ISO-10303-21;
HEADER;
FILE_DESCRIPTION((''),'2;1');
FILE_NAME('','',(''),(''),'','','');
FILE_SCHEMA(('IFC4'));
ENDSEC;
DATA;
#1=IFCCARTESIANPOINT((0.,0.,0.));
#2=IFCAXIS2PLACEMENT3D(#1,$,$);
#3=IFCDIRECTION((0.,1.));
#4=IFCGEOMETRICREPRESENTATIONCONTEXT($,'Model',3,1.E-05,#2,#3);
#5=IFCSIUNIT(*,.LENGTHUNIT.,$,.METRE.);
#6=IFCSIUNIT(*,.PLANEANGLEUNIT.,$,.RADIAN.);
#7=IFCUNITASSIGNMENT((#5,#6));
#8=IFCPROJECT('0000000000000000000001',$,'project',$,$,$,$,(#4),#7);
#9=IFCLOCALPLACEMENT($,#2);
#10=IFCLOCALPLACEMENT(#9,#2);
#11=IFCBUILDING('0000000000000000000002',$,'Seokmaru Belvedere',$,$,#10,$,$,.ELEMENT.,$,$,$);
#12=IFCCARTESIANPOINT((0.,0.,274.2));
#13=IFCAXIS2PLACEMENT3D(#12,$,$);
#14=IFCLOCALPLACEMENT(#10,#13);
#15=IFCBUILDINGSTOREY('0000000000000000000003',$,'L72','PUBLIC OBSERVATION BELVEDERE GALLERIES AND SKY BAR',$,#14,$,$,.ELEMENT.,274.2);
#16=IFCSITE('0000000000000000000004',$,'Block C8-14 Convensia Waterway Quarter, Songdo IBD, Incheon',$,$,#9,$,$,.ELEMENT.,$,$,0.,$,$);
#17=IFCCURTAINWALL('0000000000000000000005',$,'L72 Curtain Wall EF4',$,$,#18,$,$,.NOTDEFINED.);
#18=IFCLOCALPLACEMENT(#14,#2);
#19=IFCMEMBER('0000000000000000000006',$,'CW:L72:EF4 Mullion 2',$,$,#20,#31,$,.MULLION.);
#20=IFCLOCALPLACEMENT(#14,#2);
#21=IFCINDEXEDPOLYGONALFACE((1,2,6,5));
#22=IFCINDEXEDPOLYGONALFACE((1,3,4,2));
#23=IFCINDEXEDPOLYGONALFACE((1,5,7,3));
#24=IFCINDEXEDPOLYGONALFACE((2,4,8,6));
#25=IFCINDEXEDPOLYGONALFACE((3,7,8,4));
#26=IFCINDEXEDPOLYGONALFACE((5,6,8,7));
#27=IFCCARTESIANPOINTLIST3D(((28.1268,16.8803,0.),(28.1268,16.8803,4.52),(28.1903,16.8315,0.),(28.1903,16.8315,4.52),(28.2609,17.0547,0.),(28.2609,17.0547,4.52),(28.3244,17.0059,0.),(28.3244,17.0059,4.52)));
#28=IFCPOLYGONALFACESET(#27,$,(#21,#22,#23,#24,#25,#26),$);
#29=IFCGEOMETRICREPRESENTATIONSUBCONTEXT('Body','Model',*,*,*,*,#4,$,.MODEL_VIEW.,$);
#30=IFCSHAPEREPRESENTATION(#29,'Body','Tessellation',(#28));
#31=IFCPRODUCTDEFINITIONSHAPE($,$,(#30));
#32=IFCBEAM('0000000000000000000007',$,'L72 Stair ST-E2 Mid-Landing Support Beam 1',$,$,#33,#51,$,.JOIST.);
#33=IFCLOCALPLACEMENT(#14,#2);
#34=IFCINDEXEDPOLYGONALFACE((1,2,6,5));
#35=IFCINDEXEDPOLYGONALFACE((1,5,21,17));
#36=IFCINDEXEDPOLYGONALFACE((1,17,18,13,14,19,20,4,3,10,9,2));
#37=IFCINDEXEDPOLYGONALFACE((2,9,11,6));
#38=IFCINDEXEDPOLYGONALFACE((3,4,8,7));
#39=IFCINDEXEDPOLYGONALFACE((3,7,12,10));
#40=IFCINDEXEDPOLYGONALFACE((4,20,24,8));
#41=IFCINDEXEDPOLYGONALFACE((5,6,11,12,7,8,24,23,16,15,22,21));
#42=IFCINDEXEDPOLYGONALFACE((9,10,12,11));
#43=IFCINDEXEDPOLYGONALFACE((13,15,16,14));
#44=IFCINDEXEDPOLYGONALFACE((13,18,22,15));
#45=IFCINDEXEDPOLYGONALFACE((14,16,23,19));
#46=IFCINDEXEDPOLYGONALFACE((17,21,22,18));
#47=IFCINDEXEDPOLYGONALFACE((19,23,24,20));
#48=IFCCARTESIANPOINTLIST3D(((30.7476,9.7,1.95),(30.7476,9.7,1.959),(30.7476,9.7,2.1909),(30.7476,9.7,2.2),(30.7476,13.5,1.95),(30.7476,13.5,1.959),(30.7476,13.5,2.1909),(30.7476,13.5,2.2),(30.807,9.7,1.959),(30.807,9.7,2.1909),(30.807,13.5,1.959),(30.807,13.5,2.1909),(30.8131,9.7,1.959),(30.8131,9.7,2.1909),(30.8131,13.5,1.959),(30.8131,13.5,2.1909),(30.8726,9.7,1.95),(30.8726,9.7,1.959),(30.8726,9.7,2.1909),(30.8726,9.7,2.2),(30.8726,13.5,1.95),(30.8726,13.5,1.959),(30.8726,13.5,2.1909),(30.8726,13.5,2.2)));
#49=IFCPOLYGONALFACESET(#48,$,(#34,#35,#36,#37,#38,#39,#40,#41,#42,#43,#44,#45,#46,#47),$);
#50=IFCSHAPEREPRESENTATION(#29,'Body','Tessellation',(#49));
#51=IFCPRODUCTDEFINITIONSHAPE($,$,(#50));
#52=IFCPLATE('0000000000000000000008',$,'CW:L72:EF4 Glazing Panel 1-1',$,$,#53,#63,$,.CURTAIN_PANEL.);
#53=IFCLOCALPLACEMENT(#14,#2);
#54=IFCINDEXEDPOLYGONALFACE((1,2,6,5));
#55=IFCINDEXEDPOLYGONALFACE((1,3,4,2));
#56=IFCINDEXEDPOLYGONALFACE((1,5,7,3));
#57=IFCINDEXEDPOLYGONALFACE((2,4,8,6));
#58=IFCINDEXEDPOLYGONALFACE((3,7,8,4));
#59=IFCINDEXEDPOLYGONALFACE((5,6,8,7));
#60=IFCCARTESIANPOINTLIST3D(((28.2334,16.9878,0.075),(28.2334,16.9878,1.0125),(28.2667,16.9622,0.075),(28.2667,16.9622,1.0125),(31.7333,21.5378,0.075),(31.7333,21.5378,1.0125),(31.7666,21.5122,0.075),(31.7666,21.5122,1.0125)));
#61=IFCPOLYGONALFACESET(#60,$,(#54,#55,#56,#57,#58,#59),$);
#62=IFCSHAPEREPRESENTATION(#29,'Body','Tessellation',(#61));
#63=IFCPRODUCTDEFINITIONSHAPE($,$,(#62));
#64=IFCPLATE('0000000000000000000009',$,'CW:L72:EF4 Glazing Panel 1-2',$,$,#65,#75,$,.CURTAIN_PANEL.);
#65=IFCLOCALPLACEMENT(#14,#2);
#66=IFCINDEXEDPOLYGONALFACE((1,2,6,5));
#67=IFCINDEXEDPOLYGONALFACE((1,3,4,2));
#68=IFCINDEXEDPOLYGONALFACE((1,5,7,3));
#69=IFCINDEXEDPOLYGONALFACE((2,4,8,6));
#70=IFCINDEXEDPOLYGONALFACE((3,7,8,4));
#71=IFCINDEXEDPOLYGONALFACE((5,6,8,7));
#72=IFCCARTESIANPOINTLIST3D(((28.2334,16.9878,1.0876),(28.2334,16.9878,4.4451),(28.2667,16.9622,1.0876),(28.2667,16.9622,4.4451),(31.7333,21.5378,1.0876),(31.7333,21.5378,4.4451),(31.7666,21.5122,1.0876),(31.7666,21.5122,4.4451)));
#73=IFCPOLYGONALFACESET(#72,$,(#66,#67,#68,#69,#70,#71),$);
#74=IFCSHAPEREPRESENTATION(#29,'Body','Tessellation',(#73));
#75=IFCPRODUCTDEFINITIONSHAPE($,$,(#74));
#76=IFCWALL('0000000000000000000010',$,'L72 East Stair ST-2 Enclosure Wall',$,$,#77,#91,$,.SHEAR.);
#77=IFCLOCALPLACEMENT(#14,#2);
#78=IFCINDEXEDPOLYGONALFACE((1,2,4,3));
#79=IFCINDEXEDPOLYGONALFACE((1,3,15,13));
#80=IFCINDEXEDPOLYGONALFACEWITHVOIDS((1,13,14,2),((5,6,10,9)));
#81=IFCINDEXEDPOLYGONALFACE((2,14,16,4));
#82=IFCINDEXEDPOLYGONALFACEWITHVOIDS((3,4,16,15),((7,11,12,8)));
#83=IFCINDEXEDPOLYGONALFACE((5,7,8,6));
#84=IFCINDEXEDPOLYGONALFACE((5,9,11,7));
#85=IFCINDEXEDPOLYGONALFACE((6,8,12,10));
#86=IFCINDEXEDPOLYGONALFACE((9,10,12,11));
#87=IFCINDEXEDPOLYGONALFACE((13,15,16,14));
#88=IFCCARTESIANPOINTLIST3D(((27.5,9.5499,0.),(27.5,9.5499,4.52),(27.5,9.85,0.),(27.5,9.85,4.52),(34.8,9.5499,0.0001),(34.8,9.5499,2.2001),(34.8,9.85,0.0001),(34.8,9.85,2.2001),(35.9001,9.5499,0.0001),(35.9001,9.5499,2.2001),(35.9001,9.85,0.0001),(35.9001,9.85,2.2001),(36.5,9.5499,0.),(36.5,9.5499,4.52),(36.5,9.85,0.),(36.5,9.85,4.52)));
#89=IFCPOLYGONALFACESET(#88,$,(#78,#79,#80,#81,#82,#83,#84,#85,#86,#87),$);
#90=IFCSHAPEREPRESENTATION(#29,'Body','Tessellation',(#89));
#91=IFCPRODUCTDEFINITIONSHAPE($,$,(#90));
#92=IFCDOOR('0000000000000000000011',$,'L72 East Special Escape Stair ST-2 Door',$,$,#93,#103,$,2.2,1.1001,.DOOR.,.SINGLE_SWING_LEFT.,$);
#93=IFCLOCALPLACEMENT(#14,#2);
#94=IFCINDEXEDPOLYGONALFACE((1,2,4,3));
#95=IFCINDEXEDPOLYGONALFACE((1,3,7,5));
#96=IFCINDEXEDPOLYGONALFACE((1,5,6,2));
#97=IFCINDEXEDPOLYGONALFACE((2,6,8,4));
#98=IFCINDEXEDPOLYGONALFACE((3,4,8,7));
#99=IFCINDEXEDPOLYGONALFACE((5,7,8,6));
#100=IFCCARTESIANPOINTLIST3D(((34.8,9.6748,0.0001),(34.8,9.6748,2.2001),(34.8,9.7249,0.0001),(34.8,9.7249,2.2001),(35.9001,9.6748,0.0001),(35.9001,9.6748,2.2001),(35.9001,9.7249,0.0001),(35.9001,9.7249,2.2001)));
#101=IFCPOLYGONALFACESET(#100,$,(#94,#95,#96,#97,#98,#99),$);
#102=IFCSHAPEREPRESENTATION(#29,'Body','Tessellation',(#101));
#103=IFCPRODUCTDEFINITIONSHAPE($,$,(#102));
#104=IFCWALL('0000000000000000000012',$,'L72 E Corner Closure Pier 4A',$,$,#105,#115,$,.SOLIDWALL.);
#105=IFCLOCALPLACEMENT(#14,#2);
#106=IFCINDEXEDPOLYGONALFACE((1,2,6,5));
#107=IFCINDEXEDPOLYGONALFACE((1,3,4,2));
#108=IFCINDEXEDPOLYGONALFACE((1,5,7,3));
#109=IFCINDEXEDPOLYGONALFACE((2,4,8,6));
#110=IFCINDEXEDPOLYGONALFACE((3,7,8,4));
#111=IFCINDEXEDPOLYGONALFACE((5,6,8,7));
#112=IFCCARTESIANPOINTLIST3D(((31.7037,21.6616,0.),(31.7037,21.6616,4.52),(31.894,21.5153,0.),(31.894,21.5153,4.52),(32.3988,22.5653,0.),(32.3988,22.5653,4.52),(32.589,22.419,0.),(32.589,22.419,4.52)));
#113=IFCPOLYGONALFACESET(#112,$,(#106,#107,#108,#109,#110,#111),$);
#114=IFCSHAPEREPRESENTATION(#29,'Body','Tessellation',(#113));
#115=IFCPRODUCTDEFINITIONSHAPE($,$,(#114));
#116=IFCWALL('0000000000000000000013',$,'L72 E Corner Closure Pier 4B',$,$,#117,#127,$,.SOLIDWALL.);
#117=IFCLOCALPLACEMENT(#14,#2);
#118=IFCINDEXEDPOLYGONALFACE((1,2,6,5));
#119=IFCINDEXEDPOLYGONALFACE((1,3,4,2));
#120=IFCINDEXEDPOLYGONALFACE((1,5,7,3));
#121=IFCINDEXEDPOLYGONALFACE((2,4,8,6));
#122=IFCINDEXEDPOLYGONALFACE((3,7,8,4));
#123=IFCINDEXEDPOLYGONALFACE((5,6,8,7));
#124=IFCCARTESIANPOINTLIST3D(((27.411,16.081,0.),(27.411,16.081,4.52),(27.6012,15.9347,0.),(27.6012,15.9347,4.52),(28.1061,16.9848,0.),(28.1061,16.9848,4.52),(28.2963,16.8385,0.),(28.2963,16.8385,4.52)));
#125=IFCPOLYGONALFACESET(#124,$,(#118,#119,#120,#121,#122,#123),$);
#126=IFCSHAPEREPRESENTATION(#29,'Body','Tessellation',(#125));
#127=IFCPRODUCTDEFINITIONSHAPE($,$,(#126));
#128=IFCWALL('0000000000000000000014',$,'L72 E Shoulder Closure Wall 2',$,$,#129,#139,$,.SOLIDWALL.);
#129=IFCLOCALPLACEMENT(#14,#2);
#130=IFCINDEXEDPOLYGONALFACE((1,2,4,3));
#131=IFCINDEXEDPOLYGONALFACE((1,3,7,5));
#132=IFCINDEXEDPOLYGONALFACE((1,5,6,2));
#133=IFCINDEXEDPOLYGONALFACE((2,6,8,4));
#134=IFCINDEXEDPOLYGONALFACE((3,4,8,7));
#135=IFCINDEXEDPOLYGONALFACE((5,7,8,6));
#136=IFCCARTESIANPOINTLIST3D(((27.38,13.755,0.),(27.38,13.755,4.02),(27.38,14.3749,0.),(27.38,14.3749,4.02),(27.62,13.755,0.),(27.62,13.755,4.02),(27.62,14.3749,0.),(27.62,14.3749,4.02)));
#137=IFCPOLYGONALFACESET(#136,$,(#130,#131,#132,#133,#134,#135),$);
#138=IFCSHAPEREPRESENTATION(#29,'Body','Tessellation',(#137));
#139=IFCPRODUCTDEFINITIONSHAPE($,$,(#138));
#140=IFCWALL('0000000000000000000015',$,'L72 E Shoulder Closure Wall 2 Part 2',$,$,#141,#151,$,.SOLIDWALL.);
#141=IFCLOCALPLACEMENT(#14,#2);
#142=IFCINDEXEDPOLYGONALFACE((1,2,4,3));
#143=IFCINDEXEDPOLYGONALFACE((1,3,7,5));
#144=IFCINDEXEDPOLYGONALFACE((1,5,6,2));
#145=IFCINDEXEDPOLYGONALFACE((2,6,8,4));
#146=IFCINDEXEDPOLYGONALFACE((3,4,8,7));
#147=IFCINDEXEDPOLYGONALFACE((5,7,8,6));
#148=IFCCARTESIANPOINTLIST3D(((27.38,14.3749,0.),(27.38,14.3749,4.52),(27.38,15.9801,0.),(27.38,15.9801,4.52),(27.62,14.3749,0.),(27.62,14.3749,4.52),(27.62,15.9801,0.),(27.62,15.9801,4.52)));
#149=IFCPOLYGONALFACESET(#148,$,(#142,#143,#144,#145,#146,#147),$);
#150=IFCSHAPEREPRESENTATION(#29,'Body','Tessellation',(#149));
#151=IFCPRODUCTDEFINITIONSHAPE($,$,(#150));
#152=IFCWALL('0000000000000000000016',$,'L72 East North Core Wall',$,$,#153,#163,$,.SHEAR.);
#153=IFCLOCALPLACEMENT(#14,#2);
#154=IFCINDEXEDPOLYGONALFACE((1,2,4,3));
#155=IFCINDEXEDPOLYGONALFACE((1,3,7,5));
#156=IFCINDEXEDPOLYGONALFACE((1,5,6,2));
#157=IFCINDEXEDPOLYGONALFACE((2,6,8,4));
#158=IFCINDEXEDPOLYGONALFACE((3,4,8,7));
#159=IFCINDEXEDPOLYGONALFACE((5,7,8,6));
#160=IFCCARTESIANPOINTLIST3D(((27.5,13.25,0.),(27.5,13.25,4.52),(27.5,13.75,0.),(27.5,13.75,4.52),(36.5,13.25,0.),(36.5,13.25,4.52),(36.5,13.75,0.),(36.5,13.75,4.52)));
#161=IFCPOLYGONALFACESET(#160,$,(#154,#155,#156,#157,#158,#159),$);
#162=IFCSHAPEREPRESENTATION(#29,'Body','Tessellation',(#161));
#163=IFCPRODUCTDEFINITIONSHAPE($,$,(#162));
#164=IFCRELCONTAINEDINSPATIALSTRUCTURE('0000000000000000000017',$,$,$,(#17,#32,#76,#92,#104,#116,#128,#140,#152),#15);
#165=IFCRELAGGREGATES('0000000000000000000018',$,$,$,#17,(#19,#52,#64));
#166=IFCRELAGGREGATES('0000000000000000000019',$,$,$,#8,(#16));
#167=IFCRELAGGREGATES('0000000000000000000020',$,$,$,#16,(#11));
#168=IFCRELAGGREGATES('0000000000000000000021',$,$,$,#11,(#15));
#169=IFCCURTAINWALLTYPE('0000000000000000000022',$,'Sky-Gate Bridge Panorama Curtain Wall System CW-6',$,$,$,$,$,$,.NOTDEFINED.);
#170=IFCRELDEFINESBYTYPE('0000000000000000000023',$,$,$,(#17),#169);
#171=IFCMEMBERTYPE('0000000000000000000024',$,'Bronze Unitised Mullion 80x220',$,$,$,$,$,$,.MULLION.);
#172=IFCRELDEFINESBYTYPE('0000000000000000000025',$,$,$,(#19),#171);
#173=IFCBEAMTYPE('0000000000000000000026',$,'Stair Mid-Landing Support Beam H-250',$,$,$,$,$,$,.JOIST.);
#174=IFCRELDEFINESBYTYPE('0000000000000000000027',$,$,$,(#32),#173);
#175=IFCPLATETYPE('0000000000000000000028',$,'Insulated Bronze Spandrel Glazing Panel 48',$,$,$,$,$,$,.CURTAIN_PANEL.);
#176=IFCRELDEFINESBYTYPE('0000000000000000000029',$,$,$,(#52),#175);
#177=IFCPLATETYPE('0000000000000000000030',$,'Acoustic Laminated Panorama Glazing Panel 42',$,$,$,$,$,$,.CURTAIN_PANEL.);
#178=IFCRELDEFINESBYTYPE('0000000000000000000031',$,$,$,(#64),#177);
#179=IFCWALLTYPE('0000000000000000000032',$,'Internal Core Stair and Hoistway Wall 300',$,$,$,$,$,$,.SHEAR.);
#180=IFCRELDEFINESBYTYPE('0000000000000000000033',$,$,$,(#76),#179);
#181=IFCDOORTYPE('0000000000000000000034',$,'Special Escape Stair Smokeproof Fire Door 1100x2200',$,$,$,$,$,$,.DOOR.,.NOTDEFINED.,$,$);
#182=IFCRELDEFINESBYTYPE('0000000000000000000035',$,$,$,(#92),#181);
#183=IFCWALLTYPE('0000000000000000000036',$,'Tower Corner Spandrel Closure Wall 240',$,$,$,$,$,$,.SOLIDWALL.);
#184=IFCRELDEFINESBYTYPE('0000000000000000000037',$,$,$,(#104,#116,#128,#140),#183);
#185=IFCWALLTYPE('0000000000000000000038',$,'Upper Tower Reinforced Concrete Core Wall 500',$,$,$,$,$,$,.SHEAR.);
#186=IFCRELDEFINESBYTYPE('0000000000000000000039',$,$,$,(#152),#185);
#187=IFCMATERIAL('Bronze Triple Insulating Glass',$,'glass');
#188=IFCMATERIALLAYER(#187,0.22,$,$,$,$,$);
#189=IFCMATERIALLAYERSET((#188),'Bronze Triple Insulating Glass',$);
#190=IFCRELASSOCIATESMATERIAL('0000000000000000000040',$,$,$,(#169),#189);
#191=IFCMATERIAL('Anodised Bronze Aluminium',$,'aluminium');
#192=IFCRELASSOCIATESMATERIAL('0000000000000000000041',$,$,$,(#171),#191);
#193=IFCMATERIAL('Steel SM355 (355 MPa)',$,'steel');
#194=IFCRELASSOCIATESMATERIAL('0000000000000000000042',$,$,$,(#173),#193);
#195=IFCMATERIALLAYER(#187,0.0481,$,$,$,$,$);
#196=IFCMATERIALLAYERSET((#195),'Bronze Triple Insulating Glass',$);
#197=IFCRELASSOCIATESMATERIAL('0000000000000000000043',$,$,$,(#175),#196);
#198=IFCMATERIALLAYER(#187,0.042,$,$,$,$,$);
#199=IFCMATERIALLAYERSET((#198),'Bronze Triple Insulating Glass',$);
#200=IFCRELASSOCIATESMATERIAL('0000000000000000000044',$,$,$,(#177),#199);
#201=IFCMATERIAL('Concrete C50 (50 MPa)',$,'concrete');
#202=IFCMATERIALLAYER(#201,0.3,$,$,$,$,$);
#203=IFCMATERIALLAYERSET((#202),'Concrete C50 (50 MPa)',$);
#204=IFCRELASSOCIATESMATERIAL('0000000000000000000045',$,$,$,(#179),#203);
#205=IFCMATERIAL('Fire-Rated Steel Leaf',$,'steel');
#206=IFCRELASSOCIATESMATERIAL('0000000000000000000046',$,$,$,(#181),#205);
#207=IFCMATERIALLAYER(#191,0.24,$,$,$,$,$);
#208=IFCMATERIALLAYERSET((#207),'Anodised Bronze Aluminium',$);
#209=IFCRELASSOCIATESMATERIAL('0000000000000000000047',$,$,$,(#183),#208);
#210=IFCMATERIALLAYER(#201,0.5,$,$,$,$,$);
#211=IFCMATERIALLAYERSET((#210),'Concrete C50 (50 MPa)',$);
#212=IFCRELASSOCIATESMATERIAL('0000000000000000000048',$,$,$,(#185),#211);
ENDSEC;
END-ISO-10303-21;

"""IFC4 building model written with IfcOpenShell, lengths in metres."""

from ifc_helpers import new_model, si_unit, direction, frame, frame_2d, origin, origin_2d, place, context, subcontext, project, spatial, rectangle, i_section, extrude, source, transform, mapped, material, layer, layer_set, material_profile, profile_set, type_object, type_shapes, element, fill, aggregate, save


model = new_model("IFC4")

# Units and contexts
model_context = context("Model", 3, precision=1e-05, world=origin(), true_north=direction((0.0, 1.0)))
body_context = subcontext(model_context, "Body", "Model", "MODEL_VIEW")
ifc_project = project(units=[si_unit("LENGTHUNIT", "METRE"), si_unit("PLANEANGLEUNIT", "RADIAN")], contexts=[model_context])

# Site, building, storey
site_placement = place(None, origin())
site = spatial("IfcSite", under=ifc_project, at=site_placement, Name="Block C8-14 Convensia Waterway Quarter, Songdo IBD, Incheon", CompositionType="ELEMENT", RefElevation=0.0)
building_placement = place(site_placement, origin())
building = spatial("IfcBuilding", under=site, at=building_placement, Name="Seokmaru Belvedere", CompositionType="ELEMENT")
storey_placement = place(building_placement, frame((0.0, 0.0, 274.2)))
storey = spatial("IfcBuildingStorey", under=building, at=storey_placement, Name="L72", Description="PUBLIC OBSERVATION BELVEDERE GALLERIES AND SKY BAR", CompositionType="ELEMENT", Elevation=274.2)

# Shared definitions
ifc_material_1 = material(Name="Steel SM355 (355 MPa)", Category="steel")

# Curtain wall, member
ifc_material_2 = material(Name="Bronze Triple Insulating Glass", Category="glass")
ifc_layer_1 = layer(ifc_material_2, 0.22)
ifc_layer_set_1 = layer_set([ifc_layer_1], Name="Bronze Triple Insulating Glass")
curtain_wall_type = type_object("IfcCurtainWallType", Name="Sky-Gate Bridge Panorama Curtain Wall System CW-6", PredefinedType="NOTDEFINED", material=ifc_layer_set_1)
curtain_wall_placement = place(storey_placement, origin())
curtain_wall = element("IfcCurtainWall", 1, at=curtain_wall_placement, inside=storey, type_object=curtain_wall_type, Name="L72 Curtain Wall EF4", PredefinedType="NOTDEFINED")
ifc_material_3 = material(Name="Anodised Bronze Aluminium", Category="aluminium")
ifc_material_profile_1 = material_profile(ifc_material_3, rectangle(XDim=0.0801, YDim=0.22, at=origin_2d()), Name="CW-M-80x220")
ifc_profile_set_1 = profile_set([ifc_material_profile_1], Name="Anodised Bronze Aluminium")
member_type_1 = type_object("IfcMemberType", Name="Bronze Unitised Mullion 80x220", PredefinedType="MULLION", material=ifc_profile_set_1)
shared_shape_1 = source(origin(), body_context, "Body", "SweptSolid", [
    extrude(rectangle(XDim=0.0801, YDim=0.22, at=origin_2d()), origin(), (0.0, 0.0, 1.0), 4.52),
])
type_shapes(member_type_1, [shared_shape_1])
member_1_placement = place(storey_placement, frame((28.2256, 16.9431, 0.0), z_axis=(0.0, 0.0, 1.0), x_axis=(0.792631, -0.609701, 0.0)))
member_1 = element("IfcMember", 2, at=member_1_placement, type_object=member_type_1, Name="CW:L72:EF4 Mullion 2", PredefinedType="MULLION", context=body_context, shape_type="MappedRepresentation", body=[
    mapped(shared_shape_1, transform((0.0, 0.0, 0.0), scale=1.0)),
])

# Beam
ifc_material_profile_2 = material_profile(ifc_material_1, i_section(OverallWidth=0.125, OverallDepth=0.25, WebThickness=0.0061, FlangeThickness=0.009, at=origin_2d()), Name="H-250x125x6x9")
ifc_profile_set_2 = profile_set([ifc_material_profile_2], Name="Steel SM355 (355 MPa)")
beam_type_1 = type_object("IfcBeamType", Name="Stair Mid-Landing Support Beam H-250", PredefinedType="JOIST", material=ifc_profile_set_2)
shared_shape_2 = source(origin(), body_context, "Body", "SweptSolid", [
    extrude(i_section(OverallWidth=0.125, OverallDepth=0.25, WebThickness=0.0061, FlangeThickness=0.009, at=origin_2d()), origin(), (0.0, 0.0, 1.0), 3.8),
])
type_shapes(beam_type_1, [shared_shape_2])
beam_1_placement = place(storey_placement, frame((30.8101, 9.7, 2.075), z_axis=(0.0, 1.0, 0.0), x_axis=(-1.0, 0.0, 0.0)))
element("IfcBeam", 3, at=beam_1_placement, inside=storey, type_object=beam_type_1, Name="L72 Stair ST-E2 Mid-Landing Support Beam 1", PredefinedType="JOIST", context=body_context, shape_type="MappedRepresentation", body=[
    mapped(shared_shape_2, transform((0.0, 0.0, 0.0), scale=1.0)),
])

# Plates
ifc_layer_2 = layer(ifc_material_2, 0.0481)
ifc_layer_set_2 = layer_set([ifc_layer_2], Name="Bronze Triple Insulating Glass")
plate_type_1 = type_object("IfcPlateType", Name="Insulated Bronze Spandrel Glazing Panel 48", PredefinedType="CURTAIN_PANEL", material=ifc_layer_set_2)
shared_shape_3 = source(origin(), body_context, "Body", "SweptSolid", [
    extrude(rectangle(XDim=5.7405, YDim=0.042, at=origin_2d()), origin(), (0.0, 0.0, 1.0), 0.9375),
])
type_shapes(plate_type_1, [shared_shape_3])
plate_1_placement = place(storey_placement, frame((30.0, 19.25, 0.075), z_axis=(0.0, 0.0, 1.0), x_axis=(-0.609701, -0.792631, 0.0)))
plate_1 = element("IfcPlate", 4, at=plate_1_placement, type_object=plate_type_1, Name="CW:L72:EF4 Glazing Panel 1-1", PredefinedType="CURTAIN_PANEL", context=body_context, shape_type="MappedRepresentation", body=[
    mapped(shared_shape_3, transform((0.0, 0.0, 0.0), scale=1.0)),
])
ifc_layer_3 = layer(ifc_material_2, 0.042)
ifc_layer_set_3 = layer_set([ifc_layer_3], Name="Bronze Triple Insulating Glass")
plate_type_2 = type_object("IfcPlateType", Name="Acoustic Laminated Panorama Glazing Panel 42", PredefinedType="CURTAIN_PANEL", material=ifc_layer_set_3)
shared_shape_4 = source(origin(), body_context, "Body", "SweptSolid", [
    extrude(rectangle(XDim=5.7405, YDim=0.042, at=origin_2d()), origin(), (0.0, 0.0, 1.0), 3.3574),
])
type_shapes(plate_type_2, [shared_shape_4])
plate_2_placement = place(storey_placement, frame((30.0, 19.25, 1.0876), z_axis=(0.0, 0.0, 1.0), x_axis=(-0.609701, -0.792631, 0.0)))
plate_2 = element("IfcPlate", 5, at=plate_2_placement, type_object=plate_type_2, Name="CW:L72:EF4 Glazing Panel 1-2", PredefinedType="CURTAIN_PANEL", context=body_context, shape_type="MappedRepresentation", body=[
    mapped(shared_shape_4, transform((0.0, 0.0, 0.0), scale=1.0)),
])
aggregate(curtain_wall, [member_1, plate_1, plate_2])

# Wall, opening, door
ifc_material_4 = material(Name="Concrete C50 (50 MPa)", Category="concrete")
ifc_layer_4 = layer(ifc_material_4, 0.3)
ifc_layer_set_4 = layer_set([ifc_layer_4], Name="Concrete C50 (50 MPa)")
wall_type_1 = type_object("IfcWallType", Name="Internal Core Stair and Hoistway Wall 300", PredefinedType="SHEAR", material=ifc_layer_set_4)
wall_1_placement = place(storey_placement, frame((27.5, 9.7, 0.0), z_axis=(0.0, 0.0, 1.0), x_axis=(1.0, 0.0, 0.0)))
wall_1 = element("IfcWall", 6, at=wall_1_placement, inside=storey, type_object=wall_type_1, Name="L72 East Stair ST-2 Enclosure Wall", PredefinedType="SHEAR", context=body_context, shape_type="SweptSolid", body=[
    extrude(rectangle(XDim=9.0, YDim=0.3, at=frame_2d((4.5, 0.0))), origin(), (0.0, 0.0, 1.0), 4.52),
])
opening_placement = place(wall_1_placement, frame((7.3, 0.0, 0.0)))
opening = element("IfcOpeningElement", 7, at=opening_placement, cuts=wall_1, PredefinedType="OPENING", context=body_context, shape_type="SweptSolid", body=[
    extrude(rectangle(XDim=1.1001, YDim=2.2, at=frame_2d((0.55, 1.1001))), frame((0.0, 0.1602, 0.0), z_axis=(0.0, -1.0, 0.0), x_axis=(1.0, 0.0, 0.0)), (0.0, 0.0, 1.0), 0.3201),
])
ifc_material_5 = material(Name="Fire-Rated Steel Leaf", Category="steel")
door_type = type_object("IfcDoorType", Name="Special Escape Stair Smokeproof Fire Door 1100x2200", OperationType="NOTDEFINED", PredefinedType="DOOR", material=ifc_material_5)
shared_shape_5 = source(origin(), body_context, "Body", "SweptSolid", [
    extrude(rectangle(XDim=1.1001, YDim=2.2, at=frame_2d((0.55, 1.1001))), frame((0.0, 0.0249, 0.0), z_axis=(0.0, -1.0, 0.0), x_axis=(1.0, 0.0, 0.0)), (0.0, 0.0, 1.0), 0.05),
])
type_shapes(door_type, [shared_shape_5])
door_placement = place(opening_placement, origin())
door = element("IfcDoor", 8, at=door_placement, inside=storey, type_object=door_type, Name="L72 East Special Escape Stair ST-2 Door", OperationType="SINGLE_SWING_LEFT", OverallHeight=2.2, OverallWidth=1.1001, PredefinedType="DOOR", context=body_context, shape_type="MappedRepresentation", body=[
    mapped(shared_shape_5, transform((0.0, 0.0, 0.0), scale=1.0)),
])
fill(opening, door)

# Walls
ifc_layer_5 = layer(ifc_material_3, 0.24)
ifc_layer_set_5 = layer_set([ifc_layer_5], Name="Anodised Bronze Aluminium")
wall_type_2 = type_object("IfcWallType", Name="Tower Corner Spandrel Closure Wall 240", PredefinedType="SOLIDWALL", material=ifc_layer_set_5)
for number, where, z_axis, x_axis, name in (
    (9, (32.4939, 22.4922, 0.0), (0.0, 0.0, 1.0), (-0.609618, -0.792696, 0.0), "L72 E Corner Closure Pier 4A"),
    (10, (28.2012, 16.9116, 0.0), (0.0, 0.0, 1.0), (-0.609618, -0.792696, 0.0), "L72 E Corner Closure Pier 4B"),
):
    element("IfcWall", number, at=place(storey_placement, frame(where, z_axis=z_axis, x_axis=x_axis)), inside=storey, type_object=wall_type_2, Name=name, PredefinedType="SOLIDWALL", context=body_context, shape_type="SweptSolid", body=[
        extrude(rectangle(XDim=1.1401, YDim=0.24, at=frame_2d((0.5701, 0.0))), origin(), (0.0, 0.0, 1.0), 4.52),
    ])
wall_2_placement = place(storey_placement, frame((27.5, 13.7549, 0.0), z_axis=(0.0, 0.0, 1.0), x_axis=(0.0, 1.0, 0.0)))
element("IfcWall", 11, at=wall_2_placement, inside=storey, type_object=wall_type_2, Name="L72 E Shoulder Closure Wall 2", PredefinedType="SOLIDWALL", context=body_context, shape_type="SweptSolid", body=[
    extrude(rectangle(XDim=0.6199, YDim=0.24, at=frame_2d((0.3101, 0.0))), origin(), (0.0, 0.0, 1.0), 4.02),
])
wall_3_placement = place(storey_placement, frame((27.5, 14.3748, 0.0), z_axis=(0.0, 0.0, 1.0), x_axis=(0.0, 1.0, 0.0)))
element("IfcWall", 12, at=wall_3_placement, inside=storey, type_object=wall_type_2, Name="L72 E Shoulder Closure Wall 2 Part 2", PredefinedType="SOLIDWALL", context=body_context, shape_type="SweptSolid", body=[
    extrude(rectangle(XDim=1.6052, YDim=0.24, at=frame_2d((0.8027, 0.0))), origin(), (0.0, 0.0, 1.0), 4.52),
])
ifc_layer_6 = layer(ifc_material_4, 0.5)
ifc_layer_set_6 = layer_set([ifc_layer_6], Name="Concrete C50 (50 MPa)")
wall_type_3 = type_object("IfcWallType", Name="Upper Tower Reinforced Concrete Core Wall 500", PredefinedType="SHEAR", material=ifc_layer_set_6)
wall_4_placement = place(storey_placement, frame((27.5, 13.5, 0.0), z_axis=(0.0, 0.0, 1.0), x_axis=(1.0, 0.0, 0.0)))
element("IfcWall", 13, at=wall_4_placement, inside=storey, type_object=wall_type_3, Name="L72 East North Core Wall", PredefinedType="SHEAR", context=body_context, shape_type="SweptSolid", body=[
    extrude(rectangle(XDim=9.0, YDim=0.5, at=frame_2d((4.5, 0.0))), origin(), (0.0, 0.0, 1.0), 4.52),
])

save(model, "model.ifc")
